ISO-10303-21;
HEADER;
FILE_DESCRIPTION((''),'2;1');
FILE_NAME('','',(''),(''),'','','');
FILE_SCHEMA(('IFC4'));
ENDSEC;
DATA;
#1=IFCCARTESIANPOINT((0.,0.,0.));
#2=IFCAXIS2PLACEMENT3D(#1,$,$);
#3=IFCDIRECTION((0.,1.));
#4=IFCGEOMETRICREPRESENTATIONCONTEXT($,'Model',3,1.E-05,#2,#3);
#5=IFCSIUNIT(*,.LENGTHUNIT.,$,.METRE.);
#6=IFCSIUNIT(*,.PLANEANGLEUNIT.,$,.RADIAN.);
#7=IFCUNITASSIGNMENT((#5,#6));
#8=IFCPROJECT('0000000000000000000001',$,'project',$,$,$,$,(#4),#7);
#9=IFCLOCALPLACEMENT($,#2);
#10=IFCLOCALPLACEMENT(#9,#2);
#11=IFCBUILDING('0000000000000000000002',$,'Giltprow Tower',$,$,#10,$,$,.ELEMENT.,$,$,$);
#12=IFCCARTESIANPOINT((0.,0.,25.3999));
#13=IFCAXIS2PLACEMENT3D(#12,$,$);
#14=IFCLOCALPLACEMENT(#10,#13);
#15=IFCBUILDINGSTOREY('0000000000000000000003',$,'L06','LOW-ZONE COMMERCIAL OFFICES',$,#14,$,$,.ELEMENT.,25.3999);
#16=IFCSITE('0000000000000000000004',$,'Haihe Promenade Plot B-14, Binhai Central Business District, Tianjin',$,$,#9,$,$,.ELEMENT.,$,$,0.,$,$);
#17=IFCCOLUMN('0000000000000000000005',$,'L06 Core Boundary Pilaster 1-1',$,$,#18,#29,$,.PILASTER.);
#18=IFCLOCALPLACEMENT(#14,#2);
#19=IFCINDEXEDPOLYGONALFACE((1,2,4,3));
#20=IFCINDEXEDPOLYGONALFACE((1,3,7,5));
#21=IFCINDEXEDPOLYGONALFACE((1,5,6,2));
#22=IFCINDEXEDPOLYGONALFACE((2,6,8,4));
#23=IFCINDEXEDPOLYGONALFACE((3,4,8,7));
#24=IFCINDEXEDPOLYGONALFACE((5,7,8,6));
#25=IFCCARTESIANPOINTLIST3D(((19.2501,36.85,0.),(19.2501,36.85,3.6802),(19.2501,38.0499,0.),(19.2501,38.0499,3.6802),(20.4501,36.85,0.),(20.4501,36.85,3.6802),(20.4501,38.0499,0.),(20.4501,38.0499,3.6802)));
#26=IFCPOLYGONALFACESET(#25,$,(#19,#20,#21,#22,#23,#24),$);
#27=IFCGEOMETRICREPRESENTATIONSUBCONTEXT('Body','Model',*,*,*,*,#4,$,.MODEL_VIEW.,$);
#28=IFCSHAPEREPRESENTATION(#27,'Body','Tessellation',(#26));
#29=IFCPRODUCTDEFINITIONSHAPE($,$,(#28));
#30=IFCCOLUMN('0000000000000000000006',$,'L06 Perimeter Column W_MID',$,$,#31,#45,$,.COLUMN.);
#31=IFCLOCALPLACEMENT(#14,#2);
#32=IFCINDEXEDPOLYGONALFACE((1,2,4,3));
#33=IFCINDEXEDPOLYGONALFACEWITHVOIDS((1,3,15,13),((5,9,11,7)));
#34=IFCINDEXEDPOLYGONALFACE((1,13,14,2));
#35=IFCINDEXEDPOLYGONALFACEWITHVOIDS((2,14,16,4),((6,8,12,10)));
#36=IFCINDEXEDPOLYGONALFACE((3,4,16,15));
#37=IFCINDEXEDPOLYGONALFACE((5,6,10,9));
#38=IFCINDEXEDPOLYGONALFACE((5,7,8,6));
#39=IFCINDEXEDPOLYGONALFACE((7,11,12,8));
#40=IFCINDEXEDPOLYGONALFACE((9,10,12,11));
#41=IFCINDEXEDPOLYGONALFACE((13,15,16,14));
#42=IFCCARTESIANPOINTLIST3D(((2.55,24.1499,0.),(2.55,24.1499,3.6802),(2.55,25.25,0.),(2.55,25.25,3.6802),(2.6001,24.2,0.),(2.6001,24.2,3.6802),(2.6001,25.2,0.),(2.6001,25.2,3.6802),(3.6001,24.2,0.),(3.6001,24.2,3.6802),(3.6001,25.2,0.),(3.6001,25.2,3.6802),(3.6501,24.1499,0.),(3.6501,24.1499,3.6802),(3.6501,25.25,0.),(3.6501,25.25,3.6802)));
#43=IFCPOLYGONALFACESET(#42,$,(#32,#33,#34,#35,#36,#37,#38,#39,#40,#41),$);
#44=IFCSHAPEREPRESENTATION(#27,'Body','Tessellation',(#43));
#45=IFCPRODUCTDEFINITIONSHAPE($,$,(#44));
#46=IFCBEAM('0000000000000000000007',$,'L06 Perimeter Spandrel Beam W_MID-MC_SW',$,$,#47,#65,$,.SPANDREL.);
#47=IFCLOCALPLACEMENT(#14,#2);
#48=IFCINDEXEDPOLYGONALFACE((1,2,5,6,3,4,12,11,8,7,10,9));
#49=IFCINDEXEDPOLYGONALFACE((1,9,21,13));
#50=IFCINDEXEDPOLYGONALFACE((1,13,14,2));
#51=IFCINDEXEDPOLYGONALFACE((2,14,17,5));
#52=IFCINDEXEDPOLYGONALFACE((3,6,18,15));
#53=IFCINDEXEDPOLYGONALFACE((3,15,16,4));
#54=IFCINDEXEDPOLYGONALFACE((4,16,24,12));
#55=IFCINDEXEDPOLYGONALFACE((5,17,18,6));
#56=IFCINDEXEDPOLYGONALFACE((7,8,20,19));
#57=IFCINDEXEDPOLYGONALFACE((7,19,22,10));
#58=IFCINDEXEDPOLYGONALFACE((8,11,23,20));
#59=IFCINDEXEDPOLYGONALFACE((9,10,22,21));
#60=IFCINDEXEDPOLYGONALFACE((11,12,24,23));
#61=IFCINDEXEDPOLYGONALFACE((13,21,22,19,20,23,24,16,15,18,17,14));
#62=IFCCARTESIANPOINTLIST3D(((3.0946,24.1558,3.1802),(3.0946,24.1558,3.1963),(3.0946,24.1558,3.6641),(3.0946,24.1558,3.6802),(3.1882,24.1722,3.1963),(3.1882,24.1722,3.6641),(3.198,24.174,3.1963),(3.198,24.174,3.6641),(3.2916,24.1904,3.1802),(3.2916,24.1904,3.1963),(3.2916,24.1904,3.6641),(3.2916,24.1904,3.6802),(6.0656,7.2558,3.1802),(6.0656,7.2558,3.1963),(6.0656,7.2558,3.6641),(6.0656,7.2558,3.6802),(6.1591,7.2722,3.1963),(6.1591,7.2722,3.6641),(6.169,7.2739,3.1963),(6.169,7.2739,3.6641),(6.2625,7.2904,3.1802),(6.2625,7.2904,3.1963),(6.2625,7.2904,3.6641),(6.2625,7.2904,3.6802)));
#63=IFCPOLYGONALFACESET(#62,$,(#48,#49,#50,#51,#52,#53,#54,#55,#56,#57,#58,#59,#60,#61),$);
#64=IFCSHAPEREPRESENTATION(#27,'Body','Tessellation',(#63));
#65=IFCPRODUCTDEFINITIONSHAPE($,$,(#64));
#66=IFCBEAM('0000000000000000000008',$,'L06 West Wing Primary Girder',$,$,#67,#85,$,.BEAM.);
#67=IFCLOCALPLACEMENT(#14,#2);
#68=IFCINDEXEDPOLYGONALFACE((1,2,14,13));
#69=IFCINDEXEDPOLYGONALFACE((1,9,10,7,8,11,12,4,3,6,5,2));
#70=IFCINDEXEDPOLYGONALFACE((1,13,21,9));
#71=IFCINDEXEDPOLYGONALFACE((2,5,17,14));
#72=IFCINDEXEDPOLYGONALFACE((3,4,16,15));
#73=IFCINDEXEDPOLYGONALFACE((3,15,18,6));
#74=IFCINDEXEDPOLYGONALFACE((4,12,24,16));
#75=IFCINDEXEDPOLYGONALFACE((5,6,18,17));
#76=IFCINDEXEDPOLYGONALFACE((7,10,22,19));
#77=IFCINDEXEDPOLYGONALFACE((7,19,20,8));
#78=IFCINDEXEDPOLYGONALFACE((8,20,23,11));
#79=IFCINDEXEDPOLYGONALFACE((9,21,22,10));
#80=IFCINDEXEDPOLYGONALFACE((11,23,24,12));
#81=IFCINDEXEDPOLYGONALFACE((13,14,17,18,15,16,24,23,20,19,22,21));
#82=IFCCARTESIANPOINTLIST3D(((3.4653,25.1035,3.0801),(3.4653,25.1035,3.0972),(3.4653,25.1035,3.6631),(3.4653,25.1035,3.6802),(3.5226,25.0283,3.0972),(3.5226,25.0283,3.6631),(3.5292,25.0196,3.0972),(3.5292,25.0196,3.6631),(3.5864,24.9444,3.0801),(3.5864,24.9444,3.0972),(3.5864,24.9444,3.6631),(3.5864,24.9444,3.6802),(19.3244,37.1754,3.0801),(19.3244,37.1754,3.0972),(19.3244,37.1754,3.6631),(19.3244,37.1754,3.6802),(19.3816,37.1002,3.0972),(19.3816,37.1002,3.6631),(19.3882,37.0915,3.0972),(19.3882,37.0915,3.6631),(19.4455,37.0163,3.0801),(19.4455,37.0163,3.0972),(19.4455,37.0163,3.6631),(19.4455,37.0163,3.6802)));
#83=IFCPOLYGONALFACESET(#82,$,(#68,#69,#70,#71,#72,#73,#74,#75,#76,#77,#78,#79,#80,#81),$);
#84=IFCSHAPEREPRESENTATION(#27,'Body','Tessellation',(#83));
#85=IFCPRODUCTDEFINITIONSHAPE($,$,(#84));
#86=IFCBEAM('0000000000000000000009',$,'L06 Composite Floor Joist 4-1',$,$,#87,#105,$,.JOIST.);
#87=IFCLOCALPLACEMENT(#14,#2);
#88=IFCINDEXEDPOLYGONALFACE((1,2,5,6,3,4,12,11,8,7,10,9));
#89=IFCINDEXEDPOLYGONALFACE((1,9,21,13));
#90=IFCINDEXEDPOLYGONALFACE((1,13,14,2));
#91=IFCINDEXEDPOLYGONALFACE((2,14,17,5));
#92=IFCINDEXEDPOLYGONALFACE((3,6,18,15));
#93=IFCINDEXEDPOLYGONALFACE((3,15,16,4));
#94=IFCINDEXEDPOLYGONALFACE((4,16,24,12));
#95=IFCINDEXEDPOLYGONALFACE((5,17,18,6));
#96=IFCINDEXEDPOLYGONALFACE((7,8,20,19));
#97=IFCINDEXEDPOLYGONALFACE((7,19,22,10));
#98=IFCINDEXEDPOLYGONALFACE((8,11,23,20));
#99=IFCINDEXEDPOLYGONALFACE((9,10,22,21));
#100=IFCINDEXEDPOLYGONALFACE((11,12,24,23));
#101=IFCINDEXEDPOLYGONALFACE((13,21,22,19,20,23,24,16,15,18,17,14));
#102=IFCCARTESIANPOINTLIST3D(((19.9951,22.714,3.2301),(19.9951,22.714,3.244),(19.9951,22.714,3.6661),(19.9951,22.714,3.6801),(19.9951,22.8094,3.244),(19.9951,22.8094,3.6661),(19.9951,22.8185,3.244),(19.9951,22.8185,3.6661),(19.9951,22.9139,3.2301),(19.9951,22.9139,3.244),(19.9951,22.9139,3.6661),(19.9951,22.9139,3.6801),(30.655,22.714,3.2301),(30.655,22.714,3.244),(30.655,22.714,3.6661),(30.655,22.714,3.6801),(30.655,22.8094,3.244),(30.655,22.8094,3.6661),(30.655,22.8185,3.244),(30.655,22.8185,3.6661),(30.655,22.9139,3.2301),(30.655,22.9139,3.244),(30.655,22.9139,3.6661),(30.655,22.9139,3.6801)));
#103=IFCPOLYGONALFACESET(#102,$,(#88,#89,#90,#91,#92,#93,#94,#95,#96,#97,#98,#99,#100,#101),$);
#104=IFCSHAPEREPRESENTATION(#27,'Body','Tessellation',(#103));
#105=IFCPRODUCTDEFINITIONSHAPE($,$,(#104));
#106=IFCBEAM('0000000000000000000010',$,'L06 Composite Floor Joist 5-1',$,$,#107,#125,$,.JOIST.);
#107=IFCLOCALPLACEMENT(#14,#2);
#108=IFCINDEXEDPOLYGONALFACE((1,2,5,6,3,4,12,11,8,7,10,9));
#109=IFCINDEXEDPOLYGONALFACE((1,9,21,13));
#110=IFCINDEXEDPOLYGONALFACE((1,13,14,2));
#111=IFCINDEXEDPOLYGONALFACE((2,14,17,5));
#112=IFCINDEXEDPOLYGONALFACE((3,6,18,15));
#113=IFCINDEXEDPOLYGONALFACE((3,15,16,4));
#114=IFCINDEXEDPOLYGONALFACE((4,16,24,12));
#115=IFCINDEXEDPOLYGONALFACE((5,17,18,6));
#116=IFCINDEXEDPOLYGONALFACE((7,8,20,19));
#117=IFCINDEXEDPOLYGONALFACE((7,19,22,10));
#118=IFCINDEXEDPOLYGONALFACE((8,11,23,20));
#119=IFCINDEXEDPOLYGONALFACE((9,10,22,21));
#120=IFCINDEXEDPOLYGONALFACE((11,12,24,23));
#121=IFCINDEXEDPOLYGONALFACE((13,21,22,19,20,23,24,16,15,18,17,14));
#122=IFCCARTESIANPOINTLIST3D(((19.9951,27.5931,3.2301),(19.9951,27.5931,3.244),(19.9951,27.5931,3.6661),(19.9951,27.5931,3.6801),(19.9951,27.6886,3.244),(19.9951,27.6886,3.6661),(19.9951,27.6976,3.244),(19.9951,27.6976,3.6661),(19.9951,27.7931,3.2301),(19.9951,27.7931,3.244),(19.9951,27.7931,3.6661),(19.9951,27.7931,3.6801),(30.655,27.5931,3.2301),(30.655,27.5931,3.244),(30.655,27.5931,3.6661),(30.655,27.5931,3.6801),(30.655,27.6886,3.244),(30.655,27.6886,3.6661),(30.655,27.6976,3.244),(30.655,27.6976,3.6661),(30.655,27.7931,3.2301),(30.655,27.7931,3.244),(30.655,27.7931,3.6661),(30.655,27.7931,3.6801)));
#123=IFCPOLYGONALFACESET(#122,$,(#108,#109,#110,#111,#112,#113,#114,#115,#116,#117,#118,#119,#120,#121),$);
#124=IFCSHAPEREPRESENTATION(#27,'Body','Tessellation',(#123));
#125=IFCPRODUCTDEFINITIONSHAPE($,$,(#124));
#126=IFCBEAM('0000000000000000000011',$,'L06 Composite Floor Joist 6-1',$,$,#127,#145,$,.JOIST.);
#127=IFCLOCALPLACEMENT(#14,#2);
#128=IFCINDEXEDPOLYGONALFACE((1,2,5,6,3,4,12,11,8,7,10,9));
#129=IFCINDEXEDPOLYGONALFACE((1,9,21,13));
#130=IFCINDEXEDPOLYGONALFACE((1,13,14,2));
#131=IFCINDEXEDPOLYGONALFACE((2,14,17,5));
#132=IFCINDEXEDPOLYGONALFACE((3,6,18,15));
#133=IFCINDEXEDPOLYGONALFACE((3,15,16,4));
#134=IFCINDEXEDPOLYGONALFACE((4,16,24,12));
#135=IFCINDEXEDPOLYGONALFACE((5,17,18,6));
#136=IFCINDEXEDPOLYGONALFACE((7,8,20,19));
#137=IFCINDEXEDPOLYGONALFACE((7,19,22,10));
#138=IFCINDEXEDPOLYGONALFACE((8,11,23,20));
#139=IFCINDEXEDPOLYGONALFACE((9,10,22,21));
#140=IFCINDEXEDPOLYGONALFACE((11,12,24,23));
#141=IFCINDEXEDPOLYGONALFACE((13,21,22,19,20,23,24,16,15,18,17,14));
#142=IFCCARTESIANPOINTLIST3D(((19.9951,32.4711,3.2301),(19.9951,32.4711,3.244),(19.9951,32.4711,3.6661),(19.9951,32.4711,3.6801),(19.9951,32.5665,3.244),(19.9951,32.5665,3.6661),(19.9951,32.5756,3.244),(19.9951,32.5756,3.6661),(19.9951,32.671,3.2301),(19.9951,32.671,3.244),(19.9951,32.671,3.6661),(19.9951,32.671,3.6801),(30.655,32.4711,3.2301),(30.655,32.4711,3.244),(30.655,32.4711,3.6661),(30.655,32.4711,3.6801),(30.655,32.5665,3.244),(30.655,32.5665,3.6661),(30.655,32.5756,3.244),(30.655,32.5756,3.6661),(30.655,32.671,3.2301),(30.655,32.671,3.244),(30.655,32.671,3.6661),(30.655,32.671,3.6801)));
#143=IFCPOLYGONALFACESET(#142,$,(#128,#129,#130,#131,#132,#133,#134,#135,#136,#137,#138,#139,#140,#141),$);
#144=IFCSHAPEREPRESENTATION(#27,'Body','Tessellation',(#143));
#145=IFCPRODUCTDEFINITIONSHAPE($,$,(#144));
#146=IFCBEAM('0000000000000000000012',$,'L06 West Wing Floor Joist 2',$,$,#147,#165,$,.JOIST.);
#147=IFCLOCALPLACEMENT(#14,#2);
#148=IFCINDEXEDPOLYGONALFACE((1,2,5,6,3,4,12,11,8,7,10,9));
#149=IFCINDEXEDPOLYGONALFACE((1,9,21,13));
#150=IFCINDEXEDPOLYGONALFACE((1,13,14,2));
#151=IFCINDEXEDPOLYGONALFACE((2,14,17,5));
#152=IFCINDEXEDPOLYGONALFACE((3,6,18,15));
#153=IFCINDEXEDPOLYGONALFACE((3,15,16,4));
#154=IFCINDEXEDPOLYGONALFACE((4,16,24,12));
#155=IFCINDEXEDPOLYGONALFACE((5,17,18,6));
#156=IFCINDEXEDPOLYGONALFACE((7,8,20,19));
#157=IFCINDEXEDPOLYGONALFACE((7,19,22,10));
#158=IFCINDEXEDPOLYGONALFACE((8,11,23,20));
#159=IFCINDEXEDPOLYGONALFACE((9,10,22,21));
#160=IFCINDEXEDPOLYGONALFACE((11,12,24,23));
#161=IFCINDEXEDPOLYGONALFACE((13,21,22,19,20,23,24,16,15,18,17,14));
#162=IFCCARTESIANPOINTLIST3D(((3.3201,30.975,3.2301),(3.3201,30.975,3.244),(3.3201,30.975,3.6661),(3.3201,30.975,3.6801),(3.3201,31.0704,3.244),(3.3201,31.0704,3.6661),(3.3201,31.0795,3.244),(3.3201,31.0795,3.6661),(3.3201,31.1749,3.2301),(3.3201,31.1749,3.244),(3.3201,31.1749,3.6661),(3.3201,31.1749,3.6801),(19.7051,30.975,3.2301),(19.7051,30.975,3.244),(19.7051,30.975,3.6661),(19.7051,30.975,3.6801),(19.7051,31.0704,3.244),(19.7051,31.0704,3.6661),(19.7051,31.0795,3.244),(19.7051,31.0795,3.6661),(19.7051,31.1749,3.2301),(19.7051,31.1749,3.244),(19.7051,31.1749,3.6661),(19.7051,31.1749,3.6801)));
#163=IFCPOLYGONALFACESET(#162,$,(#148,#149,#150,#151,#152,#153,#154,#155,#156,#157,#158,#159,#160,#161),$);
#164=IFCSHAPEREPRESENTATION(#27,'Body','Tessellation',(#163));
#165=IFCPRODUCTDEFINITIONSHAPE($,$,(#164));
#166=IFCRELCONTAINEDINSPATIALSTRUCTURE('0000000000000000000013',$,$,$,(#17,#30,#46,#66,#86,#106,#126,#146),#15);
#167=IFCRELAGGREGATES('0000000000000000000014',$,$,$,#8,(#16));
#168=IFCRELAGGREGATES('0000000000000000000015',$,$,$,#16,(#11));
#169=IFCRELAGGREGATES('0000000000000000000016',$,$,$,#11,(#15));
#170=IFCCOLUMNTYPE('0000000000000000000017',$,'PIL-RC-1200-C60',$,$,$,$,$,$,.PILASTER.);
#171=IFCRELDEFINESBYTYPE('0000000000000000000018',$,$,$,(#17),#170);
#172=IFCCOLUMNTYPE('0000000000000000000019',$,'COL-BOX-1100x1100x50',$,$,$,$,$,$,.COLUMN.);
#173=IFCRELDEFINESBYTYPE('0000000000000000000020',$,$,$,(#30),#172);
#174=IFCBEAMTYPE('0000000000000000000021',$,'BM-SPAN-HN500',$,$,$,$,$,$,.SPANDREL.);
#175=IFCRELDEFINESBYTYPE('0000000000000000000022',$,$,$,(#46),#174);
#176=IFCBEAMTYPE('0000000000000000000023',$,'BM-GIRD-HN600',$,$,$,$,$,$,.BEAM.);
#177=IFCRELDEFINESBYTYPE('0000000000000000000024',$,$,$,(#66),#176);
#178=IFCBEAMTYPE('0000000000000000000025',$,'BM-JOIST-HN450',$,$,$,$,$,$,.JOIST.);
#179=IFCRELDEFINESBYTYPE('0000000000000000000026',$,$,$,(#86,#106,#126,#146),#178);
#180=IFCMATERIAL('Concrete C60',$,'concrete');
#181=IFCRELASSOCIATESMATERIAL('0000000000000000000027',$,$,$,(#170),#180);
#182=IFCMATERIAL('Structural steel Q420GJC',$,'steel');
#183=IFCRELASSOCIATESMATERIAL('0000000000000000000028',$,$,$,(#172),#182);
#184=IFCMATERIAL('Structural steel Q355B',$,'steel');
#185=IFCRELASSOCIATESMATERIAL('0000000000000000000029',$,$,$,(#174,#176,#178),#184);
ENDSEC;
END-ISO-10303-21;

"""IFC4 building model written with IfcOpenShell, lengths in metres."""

from ifc_helpers import new_model, si_unit, direction, frame, origin, origin_2d, place, context, subcontext, project, spatial, rectangle, hollow_rectangle, i_section, extrude, source, transform, mapped, material, material_profile, profile_set, type_object, element, save


model = new_model("IFC4")

# Units and contexts
model_context = context("Model", 3, precision=1e-05, world=origin(), true_north=direction((0.0, 1.0)))
body_context = subcontext(model_context, "Body", "Model", "MODEL_VIEW")
ifc_project = project(units=[si_unit("LENGTHUNIT", "METRE"), si_unit("PLANEANGLEUNIT", "RADIAN")], contexts=[model_context])

# Site, building, storey
site_placement = place(None, origin())
site = spatial("IfcSite", under=ifc_project, at=site_placement, Name="Haihe Promenade Plot B-14, Binhai Central Business District, Tianjin", CompositionType="ELEMENT", RefElevation=0.0)
building_placement = place(site_placement, origin())
building = spatial("IfcBuilding", under=site, at=building_placement, Name="Giltprow Tower", CompositionType="ELEMENT")
storey_placement = place(building_placement, frame((0.0, 0.0, 25.3999)))
storey = spatial("IfcBuildingStorey", under=building, at=storey_placement, Name="L06", Description="LOW-ZONE COMMERCIAL OFFICES", CompositionType="ELEMENT", Elevation=25.3999)

# Columns
ifc_material_1 = material(Name="Concrete C60", Category="concrete")
ifc_material_profile_1 = material_profile(ifc_material_1, rectangle(XDim=1.2, YDim=1.2, at=origin_2d()), Name="RC 1200x1200")
ifc_profile_set_1 = profile_set([ifc_material_profile_1], Name="Concrete C60")
column_type_1 = type_object("IfcColumnType", Name="PIL-RC-1200-C60", PredefinedType="PILASTER", material=ifc_profile_set_1)
shared_shape_1 = source(origin(), body_context, "Body", "SweptSolid", [
    extrude(rectangle(XDim=1.2, YDim=1.2, at=origin_2d()), origin(), (0.0, 0.0, 1.0), 3.6802),
])
column_1_placement = place(storey_placement, frame((19.8501, 37.45, 0.0), z_axis=(0.0, 0.0, 1.0), x_axis=(1.0, 0.0, 0.0)))
element("IfcColumn", 1, at=column_1_placement, inside=storey, type_object=column_type_1, Name="L06 Core Boundary Pilaster 1-1", PredefinedType="PILASTER", context=body_context, shape_type="MappedRepresentation", body=[
    mapped(shared_shape_1, transform((0.0, 0.0, 0.0), x_axis=(1.0, 0.0, 0.0), y_axis=(0.0, 1.0, 0.0), z_axis=(0.0, 0.0, 1.0), scale=1.0)),
])
ifc_material_2 = material(Name="Structural steel Q420GJC", Category="steel")
ifc_material_profile_2 = material_profile(ifc_material_2, hollow_rectangle(XDim=1.1001, YDim=1.1001, WallThickness=0.05, at=origin_2d()), Name="BOX 1100x1100x50")
ifc_profile_set_2 = profile_set([ifc_material_profile_2], Name="Structural steel Q420GJC")
column_type_2 = type_object("IfcColumnType", Name="COL-BOX-1100x1100x50", PredefinedType="COLUMN", material=ifc_profile_set_2)
shared_shape_2 = source(origin(), body_context, "Body", "SweptSolid", [
    extrude(hollow_rectangle(XDim=1.1001, YDim=1.1001, WallThickness=0.05, at=origin_2d()), origin(), (0.0, 0.0, 1.0), 3.6802),
])
column_2_placement = place(storey_placement, frame((3.1001, 24.7, 0.0), z_axis=(0.0, 0.0, 1.0), x_axis=(1.0, 0.0, 0.0)))
element("IfcColumn", 2, at=column_2_placement, inside=storey, type_object=column_type_2, Name="L06 Perimeter Column W_MID", PredefinedType="COLUMN", context=body_context, shape_type="MappedRepresentation", body=[
    mapped(shared_shape_2, transform((0.0, 0.0, 0.0), x_axis=(1.0, 0.0, 0.0), y_axis=(0.0, 1.0, 0.0), z_axis=(0.0, 0.0, 1.0), scale=1.0)),
])

# Beams
ifc_material_3 = material(Name="Structural steel Q355B", Category="steel")
ifc_material_profile_3 = material_profile(ifc_material_3, i_section(OverallWidth=0.2, OverallDepth=0.5, WebThickness=0.01, FlangeThickness=0.0161, at=origin_2d()), Name="HN 500x200x10x16")
ifc_profile_set_3 = profile_set([ifc_material_profile_3], Name="Structural steel Q355B")
beam_type_1 = type_object("IfcBeamType", Name="BM-SPAN-HN500", PredefinedType="SPANDREL", material=ifc_profile_set_3)
shared_shape_3 = source(origin(), body_context, "Body", "SweptSolid", [
    extrude(i_section(OverallWidth=0.2, OverallDepth=0.5, WebThickness=0.01, FlangeThickness=0.0161, at=origin_2d()), origin(), (0.0, 0.0, 1.0), 17.1592),
])
beam_1_placement = place(storey_placement, frame((3.1931, 24.1731, 3.4302), z_axis=(0.173139, -0.984897, 0.0), x_axis=(0.984897, 0.173139, 0.0)))
element("IfcBeam", 3, at=beam_1_placement, inside=storey, type_object=beam_type_1, Name="L06 Perimeter Spandrel Beam W_MID-MC_SW", PredefinedType="SPANDREL", context=body_context, shape_type="MappedRepresentation", body=[
    mapped(shared_shape_3, transform((0.0, 0.0, 0.0), x_axis=(1.0, 0.0, 0.0), y_axis=(0.0, 1.0, 0.0), z_axis=(0.0, 0.0, 1.0), scale=1.0)),
])
ifc_material_profile_4 = material_profile(ifc_material_3, i_section(OverallWidth=0.2, OverallDepth=0.6001, WebThickness=0.011, FlangeThickness=0.0171, at=origin_2d()), Name="HN 600x200x11x17")
ifc_profile_set_4 = profile_set([ifc_material_profile_4], Name="Structural steel Q355B")
beam_type_2 = type_object("IfcBeamType", Name="BM-GIRD-HN600", PredefinedType="BEAM", material=ifc_profile_set_4)
shared_shape_4 = source(origin(), body_context, "Body", "SweptSolid", [
    extrude(i_section(OverallWidth=0.2, OverallDepth=0.6001, WebThickness=0.011, FlangeThickness=0.0171, at=origin_2d()), origin(), (0.0, 0.0, 1.0), 19.9309),
])
beam_2_placement = place(storey_placement, frame((3.5259, 25.0239, 3.3801), z_axis=(0.795701, 0.60569, 0.0), x_axis=(-0.60569, 0.795701, 0.0)))
element("IfcBeam", 4, at=beam_2_placement, inside=storey, type_object=beam_type_2, Name="L06 West Wing Primary Girder", PredefinedType="BEAM", context=body_context, shape_type="MappedRepresentation", body=[
    mapped(shared_shape_4, transform((0.0, 0.0, 0.0), x_axis=(1.0, 0.0, 0.0), y_axis=(0.0, 1.0, 0.0), z_axis=(0.0, 0.0, 1.0), scale=1.0)),
])
ifc_material_profile_5 = material_profile(ifc_material_3, i_section(OverallWidth=0.2, OverallDepth=0.45, WebThickness=0.009, FlangeThickness=0.0139, at=origin_2d()), Name="HN 450x200x9x14")
ifc_profile_set_5 = profile_set([ifc_material_profile_5], Name="Structural steel Q355B")
beam_type_3 = type_object("IfcBeamType", Name="BM-JOIST-HN450", PredefinedType="JOIST", material=ifc_profile_set_5)
shared_shape_5 = source(origin(), body_context, "Body", "SweptSolid", [
    extrude(i_section(OverallWidth=0.2, OverallDepth=0.45, WebThickness=0.009, FlangeThickness=0.0139, at=origin_2d()), origin(), (0.0, 0.0, 1.0), 10.6599),
])
for number, where, z_axis, x_axis, name in (
    (5, (19.9951, 22.814, 3.4551), (1.0, 0.0, 0.0), (0.0, 1.0, 0.0), "L06 Composite Floor Joist 4-1"),
    (6, (19.9951, 27.6931, 3.4551), (1.0, 0.0, 0.0), (0.0, 1.0, 0.0), "L06 Composite Floor Joist 5-1"),
    (7, (19.9951, 32.571, 3.4551), (1.0, 0.0, 0.0), (0.0, 1.0, 0.0), "L06 Composite Floor Joist 6-1"),
):
    element("IfcBeam", number, at=place(storey_placement, frame(where, z_axis=z_axis, x_axis=x_axis)), inside=storey, type_object=beam_type_3, Name=name, PredefinedType="JOIST", context=body_context, shape_type="MappedRepresentation", body=[
        mapped(shared_shape_5, transform((0.0, 0.0, 0.0), x_axis=(1.0, 0.0, 0.0), y_axis=(0.0, 1.0, 0.0), z_axis=(0.0, 0.0, 1.0), scale=1.0)),
    ])
shared_shape_6 = source(origin(), body_context, "Body", "SweptSolid", [
    extrude(i_section(OverallWidth=0.2, OverallDepth=0.45, WebThickness=0.009, FlangeThickness=0.0139, at=origin_2d()), origin(), (0.0, 0.0, 1.0), 16.385),
])
beam_3_placement = place(storey_placement, frame((3.3201, 31.075, 3.4551), z_axis=(1.0, 0.0, 0.0), x_axis=(0.0, 1.0, 0.0)))
element("IfcBeam", 8, at=beam_3_placement, inside=storey, type_object=beam_type_3, Name="L06 West Wing Floor Joist 2", PredefinedType="JOIST", context=body_context, shape_type="MappedRepresentation", body=[
    mapped(shared_shape_6, transform((0.0, 0.0, 0.0), x_axis=(1.0, 0.0, 0.0), y_axis=(0.0, 1.0, 0.0), z_axis=(0.0, 0.0, 1.0), scale=1.0)),
])

save(model, "model.ifc")
